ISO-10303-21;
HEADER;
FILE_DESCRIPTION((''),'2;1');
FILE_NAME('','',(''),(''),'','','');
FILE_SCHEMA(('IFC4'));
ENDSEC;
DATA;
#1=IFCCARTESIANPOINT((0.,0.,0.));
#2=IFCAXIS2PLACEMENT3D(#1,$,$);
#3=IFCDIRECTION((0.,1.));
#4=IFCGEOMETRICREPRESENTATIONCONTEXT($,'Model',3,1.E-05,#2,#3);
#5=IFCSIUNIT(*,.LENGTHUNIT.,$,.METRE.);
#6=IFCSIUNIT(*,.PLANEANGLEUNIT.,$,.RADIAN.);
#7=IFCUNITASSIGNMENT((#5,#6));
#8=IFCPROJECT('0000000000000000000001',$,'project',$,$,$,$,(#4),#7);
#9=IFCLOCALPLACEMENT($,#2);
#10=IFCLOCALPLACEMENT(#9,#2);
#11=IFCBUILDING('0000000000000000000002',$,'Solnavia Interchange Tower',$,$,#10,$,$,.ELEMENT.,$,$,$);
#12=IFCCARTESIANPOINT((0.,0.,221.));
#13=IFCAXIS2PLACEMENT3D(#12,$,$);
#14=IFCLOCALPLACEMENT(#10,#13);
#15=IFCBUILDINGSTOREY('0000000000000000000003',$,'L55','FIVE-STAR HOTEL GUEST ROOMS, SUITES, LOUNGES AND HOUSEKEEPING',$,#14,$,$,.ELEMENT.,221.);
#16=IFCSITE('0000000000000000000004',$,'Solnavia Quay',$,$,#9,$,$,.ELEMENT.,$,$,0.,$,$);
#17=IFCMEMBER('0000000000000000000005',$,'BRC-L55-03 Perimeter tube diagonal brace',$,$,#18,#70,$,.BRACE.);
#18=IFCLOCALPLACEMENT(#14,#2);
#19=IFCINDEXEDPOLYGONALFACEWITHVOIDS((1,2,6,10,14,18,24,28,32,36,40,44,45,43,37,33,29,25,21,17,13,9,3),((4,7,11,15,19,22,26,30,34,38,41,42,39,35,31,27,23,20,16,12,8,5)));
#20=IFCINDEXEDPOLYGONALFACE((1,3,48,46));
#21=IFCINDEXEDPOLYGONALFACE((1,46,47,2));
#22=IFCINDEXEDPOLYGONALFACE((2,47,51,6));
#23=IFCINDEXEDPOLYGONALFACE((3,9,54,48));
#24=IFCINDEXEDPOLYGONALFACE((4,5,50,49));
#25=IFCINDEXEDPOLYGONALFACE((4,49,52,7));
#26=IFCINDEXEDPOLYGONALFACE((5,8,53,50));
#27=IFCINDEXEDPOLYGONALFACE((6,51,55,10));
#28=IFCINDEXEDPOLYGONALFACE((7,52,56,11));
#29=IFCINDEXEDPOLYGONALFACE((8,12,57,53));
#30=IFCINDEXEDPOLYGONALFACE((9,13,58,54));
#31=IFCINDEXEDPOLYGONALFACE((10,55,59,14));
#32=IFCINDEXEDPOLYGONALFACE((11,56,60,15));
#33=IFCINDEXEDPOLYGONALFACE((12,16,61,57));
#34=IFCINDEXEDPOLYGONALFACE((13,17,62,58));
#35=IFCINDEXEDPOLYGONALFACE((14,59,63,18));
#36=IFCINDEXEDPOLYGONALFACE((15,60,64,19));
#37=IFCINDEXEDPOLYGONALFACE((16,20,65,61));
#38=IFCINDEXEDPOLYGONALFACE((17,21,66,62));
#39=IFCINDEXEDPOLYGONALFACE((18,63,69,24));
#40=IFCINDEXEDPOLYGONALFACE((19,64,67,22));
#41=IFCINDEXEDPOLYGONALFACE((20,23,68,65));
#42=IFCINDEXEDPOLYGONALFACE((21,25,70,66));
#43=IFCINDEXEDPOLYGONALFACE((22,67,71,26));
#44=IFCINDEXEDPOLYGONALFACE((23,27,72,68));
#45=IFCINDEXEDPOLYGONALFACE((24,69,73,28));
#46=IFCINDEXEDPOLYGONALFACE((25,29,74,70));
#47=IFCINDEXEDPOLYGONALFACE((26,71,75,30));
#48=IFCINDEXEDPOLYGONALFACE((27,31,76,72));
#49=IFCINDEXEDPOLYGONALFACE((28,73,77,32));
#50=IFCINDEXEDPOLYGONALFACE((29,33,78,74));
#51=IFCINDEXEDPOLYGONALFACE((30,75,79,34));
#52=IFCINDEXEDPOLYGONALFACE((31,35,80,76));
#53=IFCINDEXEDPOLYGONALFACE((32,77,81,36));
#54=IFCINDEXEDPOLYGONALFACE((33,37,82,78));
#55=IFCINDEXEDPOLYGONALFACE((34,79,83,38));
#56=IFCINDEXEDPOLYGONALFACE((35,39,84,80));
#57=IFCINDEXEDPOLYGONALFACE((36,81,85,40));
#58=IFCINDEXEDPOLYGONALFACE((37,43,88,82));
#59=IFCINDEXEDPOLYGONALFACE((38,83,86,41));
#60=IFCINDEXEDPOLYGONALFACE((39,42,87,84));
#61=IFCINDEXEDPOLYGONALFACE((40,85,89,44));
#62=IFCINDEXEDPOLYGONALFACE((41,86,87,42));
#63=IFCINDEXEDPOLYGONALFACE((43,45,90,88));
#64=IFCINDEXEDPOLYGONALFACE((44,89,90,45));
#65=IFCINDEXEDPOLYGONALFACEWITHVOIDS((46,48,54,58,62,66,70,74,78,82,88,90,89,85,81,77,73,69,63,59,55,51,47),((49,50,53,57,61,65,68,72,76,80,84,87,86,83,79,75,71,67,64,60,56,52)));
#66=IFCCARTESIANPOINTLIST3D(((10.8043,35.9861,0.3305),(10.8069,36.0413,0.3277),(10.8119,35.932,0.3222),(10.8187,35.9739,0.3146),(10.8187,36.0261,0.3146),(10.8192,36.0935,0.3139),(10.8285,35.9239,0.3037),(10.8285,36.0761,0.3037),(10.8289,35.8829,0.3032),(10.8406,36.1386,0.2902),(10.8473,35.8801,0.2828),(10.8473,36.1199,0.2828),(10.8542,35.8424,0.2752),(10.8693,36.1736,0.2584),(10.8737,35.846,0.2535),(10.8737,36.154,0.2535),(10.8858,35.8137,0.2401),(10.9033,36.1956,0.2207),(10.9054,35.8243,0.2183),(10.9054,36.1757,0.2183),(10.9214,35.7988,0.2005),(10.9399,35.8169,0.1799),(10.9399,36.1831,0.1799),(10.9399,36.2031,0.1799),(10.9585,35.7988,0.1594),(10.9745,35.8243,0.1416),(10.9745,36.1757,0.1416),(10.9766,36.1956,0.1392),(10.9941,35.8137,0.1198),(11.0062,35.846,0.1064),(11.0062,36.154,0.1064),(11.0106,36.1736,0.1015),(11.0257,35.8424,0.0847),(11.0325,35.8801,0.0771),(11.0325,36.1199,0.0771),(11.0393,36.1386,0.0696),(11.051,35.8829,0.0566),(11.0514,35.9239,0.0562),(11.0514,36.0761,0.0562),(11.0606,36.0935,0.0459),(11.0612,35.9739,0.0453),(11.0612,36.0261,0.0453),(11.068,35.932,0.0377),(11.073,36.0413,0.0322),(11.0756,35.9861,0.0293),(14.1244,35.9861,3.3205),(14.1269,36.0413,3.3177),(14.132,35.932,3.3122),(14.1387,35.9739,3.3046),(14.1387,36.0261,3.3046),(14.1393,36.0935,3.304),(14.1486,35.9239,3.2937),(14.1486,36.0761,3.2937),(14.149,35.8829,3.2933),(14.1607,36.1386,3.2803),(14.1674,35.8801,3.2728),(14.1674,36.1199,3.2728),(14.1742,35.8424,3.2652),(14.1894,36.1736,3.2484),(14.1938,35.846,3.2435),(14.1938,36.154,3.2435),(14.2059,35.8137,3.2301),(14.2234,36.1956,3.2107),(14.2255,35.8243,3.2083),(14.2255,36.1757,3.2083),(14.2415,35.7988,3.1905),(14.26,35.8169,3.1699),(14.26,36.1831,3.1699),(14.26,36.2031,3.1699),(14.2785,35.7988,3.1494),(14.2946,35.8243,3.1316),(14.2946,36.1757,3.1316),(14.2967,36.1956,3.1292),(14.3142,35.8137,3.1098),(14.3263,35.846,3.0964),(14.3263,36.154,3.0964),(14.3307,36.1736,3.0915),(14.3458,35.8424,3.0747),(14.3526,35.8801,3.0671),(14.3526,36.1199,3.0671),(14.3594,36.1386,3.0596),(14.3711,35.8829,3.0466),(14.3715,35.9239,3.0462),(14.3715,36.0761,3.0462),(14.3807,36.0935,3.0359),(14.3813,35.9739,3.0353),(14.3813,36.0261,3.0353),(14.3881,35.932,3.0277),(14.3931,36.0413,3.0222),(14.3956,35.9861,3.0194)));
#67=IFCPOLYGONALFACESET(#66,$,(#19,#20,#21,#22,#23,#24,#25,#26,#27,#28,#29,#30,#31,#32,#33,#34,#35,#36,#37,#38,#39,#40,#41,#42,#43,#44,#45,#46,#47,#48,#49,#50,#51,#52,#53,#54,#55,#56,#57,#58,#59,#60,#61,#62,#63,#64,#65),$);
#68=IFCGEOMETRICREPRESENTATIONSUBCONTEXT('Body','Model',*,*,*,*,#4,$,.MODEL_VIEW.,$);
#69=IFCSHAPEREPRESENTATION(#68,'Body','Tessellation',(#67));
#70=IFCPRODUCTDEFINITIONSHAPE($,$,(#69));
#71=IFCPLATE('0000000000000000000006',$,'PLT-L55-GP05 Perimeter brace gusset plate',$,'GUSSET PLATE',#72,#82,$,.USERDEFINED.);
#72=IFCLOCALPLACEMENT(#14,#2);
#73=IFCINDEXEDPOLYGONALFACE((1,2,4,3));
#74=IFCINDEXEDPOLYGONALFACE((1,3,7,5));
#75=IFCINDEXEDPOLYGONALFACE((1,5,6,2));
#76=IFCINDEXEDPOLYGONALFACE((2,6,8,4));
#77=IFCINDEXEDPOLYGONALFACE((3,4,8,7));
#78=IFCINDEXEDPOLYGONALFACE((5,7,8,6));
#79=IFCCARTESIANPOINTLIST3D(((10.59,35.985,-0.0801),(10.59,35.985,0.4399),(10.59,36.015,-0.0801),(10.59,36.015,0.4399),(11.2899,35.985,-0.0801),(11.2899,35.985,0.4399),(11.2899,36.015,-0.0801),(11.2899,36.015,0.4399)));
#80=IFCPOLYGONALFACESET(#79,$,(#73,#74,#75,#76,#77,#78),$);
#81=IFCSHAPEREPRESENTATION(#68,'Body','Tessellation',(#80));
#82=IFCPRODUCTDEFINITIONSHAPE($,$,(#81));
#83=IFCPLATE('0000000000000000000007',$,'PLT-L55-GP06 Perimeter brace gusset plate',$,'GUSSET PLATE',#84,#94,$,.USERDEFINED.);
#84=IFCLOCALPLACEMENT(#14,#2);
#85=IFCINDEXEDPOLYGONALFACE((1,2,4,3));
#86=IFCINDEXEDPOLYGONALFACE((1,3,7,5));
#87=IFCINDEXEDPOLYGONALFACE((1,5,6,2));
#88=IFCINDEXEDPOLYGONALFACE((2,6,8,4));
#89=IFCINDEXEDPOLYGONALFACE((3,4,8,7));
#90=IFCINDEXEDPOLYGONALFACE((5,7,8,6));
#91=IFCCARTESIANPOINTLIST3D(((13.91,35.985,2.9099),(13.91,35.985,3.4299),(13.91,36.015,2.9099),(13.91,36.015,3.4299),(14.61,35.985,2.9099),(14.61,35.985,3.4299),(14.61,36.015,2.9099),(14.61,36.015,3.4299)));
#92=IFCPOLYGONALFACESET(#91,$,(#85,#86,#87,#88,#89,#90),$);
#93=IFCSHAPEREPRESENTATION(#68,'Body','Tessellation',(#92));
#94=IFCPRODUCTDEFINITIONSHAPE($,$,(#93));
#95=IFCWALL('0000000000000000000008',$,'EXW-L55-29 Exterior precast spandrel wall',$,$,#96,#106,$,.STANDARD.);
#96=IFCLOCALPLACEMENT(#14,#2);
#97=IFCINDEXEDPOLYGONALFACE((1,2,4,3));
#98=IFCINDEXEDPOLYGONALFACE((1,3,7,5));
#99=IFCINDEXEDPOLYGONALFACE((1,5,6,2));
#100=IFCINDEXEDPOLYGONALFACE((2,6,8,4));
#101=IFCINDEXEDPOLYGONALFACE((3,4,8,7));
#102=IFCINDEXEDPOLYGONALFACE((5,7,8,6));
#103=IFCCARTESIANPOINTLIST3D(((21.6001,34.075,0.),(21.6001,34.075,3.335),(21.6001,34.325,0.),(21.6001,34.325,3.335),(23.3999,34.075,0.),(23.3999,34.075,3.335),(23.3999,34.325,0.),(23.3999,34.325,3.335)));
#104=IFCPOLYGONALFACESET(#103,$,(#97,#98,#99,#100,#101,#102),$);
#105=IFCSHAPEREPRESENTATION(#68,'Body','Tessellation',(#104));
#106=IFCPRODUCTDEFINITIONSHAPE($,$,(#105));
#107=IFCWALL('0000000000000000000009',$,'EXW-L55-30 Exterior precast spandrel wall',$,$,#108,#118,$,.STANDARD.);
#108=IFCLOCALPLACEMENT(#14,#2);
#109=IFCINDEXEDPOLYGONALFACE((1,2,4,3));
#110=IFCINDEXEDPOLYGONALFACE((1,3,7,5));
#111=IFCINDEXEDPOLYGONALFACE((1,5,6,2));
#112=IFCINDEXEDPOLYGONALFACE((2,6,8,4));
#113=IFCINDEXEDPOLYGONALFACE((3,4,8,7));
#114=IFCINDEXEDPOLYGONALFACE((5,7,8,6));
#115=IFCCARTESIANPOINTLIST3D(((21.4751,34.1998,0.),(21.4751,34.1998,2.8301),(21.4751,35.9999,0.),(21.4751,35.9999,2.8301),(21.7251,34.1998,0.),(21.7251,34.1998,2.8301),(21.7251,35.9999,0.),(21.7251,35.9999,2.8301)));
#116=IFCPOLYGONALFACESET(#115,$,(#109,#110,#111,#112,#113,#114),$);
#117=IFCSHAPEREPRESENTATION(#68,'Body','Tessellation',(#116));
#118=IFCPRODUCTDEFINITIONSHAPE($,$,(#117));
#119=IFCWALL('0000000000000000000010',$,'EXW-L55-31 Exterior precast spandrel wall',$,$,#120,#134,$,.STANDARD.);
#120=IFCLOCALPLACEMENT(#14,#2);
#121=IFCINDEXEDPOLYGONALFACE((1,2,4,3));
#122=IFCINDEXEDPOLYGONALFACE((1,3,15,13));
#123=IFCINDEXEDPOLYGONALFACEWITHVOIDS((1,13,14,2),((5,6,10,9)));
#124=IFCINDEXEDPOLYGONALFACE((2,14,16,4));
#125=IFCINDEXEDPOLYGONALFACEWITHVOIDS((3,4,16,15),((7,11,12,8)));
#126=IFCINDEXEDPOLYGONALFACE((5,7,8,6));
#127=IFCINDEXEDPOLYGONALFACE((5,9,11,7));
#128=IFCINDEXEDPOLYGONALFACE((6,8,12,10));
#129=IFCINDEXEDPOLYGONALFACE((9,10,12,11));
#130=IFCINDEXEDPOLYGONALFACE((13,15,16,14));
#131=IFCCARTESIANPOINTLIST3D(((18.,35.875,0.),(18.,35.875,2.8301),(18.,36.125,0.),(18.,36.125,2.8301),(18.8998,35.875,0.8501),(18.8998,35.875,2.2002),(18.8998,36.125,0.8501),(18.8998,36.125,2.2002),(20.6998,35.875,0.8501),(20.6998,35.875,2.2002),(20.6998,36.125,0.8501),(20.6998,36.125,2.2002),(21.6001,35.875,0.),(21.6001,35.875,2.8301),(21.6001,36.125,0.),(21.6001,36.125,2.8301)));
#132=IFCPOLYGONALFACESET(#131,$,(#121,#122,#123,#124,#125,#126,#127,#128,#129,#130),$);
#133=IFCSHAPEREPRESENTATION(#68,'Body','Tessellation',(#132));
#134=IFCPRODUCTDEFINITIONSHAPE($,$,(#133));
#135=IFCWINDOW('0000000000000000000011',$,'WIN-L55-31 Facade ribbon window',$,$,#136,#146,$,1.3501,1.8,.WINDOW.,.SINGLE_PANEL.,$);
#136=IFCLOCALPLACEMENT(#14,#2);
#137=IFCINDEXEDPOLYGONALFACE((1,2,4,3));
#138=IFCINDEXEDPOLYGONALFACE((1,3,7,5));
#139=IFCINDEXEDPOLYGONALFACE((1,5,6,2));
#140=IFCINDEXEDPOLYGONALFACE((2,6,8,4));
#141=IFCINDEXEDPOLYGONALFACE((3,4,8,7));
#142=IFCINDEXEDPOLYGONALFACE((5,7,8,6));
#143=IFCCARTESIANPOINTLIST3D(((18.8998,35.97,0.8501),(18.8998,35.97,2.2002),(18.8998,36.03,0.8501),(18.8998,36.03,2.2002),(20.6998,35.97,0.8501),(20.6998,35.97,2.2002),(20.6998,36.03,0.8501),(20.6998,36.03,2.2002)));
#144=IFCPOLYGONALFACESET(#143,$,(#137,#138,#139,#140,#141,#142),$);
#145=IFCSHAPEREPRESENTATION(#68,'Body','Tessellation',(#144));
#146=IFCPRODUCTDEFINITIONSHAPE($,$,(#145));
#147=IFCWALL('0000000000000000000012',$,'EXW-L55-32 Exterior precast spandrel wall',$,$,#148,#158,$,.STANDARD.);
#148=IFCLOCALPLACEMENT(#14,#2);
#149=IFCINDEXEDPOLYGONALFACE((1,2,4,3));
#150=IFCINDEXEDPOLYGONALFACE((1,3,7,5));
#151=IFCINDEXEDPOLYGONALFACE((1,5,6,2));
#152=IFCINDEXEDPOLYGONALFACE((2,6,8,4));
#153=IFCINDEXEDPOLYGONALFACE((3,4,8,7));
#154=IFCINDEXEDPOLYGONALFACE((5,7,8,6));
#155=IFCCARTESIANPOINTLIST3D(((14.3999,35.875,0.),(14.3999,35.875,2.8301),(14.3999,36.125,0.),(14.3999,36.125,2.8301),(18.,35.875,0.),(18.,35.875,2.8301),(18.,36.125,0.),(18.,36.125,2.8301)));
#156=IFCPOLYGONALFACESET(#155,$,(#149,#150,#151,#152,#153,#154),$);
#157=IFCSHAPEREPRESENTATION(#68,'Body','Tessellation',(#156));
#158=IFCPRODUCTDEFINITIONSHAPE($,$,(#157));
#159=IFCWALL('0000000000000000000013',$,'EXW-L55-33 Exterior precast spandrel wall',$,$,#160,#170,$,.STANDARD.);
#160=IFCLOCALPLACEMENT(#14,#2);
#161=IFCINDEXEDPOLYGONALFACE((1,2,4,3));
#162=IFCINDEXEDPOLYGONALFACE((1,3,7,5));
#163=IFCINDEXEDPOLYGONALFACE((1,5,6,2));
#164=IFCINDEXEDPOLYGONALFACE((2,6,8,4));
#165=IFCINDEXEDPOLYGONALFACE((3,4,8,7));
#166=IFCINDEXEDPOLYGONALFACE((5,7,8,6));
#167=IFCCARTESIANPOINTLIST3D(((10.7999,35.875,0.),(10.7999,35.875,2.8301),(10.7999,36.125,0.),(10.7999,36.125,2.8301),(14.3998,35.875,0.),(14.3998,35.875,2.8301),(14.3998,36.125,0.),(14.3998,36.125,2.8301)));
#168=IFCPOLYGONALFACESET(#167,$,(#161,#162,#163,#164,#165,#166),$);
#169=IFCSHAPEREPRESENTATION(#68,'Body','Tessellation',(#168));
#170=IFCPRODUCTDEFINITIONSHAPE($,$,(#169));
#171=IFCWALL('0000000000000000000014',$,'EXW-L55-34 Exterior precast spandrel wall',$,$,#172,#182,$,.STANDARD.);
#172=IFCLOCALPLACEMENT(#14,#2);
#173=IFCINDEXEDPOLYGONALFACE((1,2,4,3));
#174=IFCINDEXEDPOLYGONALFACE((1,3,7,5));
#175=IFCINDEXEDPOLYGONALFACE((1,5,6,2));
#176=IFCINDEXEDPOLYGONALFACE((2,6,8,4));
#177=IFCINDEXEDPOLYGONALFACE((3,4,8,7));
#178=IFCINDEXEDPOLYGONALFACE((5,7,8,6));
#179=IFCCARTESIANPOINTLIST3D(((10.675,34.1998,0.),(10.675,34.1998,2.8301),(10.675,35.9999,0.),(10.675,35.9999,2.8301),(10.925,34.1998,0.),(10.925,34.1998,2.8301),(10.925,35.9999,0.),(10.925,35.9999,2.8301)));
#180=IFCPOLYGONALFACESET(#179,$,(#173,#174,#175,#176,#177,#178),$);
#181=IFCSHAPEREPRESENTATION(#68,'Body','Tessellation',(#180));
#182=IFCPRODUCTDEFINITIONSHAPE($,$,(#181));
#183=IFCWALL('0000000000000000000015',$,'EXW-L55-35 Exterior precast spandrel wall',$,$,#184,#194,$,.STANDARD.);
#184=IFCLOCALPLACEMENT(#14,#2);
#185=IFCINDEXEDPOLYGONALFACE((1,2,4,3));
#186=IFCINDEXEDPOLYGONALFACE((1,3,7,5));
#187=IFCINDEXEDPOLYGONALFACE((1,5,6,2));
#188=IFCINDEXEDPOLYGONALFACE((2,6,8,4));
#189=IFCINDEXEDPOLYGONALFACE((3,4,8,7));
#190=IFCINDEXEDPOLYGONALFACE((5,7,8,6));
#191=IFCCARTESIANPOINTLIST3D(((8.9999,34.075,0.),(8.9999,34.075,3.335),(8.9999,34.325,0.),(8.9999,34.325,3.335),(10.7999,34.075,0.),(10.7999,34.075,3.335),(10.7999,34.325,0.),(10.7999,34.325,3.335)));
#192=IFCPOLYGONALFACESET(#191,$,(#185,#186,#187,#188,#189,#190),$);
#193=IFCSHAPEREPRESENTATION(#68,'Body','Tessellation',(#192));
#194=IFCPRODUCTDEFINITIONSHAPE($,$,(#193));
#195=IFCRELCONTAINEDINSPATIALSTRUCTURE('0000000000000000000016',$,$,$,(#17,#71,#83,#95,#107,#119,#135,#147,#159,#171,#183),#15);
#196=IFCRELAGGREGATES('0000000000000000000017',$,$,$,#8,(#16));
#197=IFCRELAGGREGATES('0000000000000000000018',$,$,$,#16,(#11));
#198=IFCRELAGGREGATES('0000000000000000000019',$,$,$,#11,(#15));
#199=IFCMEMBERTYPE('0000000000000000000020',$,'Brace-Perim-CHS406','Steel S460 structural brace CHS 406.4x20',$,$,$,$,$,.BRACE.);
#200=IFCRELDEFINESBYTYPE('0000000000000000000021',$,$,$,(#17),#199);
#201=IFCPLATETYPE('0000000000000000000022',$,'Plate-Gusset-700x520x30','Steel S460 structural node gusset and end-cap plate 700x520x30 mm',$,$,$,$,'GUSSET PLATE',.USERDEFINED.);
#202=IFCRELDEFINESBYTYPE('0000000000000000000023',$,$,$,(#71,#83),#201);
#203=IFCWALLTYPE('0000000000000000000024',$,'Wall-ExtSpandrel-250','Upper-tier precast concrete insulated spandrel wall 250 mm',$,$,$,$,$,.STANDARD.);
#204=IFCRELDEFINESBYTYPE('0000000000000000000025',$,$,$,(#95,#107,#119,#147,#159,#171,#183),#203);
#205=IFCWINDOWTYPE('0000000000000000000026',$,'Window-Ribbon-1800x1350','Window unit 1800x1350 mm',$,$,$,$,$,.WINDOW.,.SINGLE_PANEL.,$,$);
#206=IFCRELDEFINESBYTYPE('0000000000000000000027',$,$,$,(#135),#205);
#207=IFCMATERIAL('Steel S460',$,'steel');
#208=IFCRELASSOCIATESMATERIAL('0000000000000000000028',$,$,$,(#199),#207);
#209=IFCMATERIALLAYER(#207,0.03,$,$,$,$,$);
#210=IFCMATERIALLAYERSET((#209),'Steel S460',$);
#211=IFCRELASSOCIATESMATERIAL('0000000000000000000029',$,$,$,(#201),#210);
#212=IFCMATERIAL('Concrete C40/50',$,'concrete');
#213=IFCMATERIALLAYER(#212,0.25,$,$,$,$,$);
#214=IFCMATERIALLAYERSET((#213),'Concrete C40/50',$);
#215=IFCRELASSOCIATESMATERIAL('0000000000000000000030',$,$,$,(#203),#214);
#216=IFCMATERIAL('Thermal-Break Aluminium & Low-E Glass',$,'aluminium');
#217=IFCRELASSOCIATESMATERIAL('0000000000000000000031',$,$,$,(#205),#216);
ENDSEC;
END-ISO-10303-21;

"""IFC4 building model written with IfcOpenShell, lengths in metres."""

from ifc_helpers import new_model, si_unit, direction, frame, frame_2d, origin, origin_2d, place, context, subcontext, project, spatial, rectangle, hollow_circle, extrude, material, layer, layer_set, material_profile, profile_set, type_object, element, fill, save


model = new_model("IFC4")

# Units and contexts
model_context = context("Model", 3, precision=1e-05, world=origin(), true_north=direction((0.0, 1.0)))
body_context = subcontext(model_context, "Body", "Model", "MODEL_VIEW")
ifc_project = project(units=[si_unit("LENGTHUNIT", "METRE"), si_unit("PLANEANGLEUNIT", "RADIAN")], contexts=[model_context])

# Site, building, storey
site_placement = place(None, origin())
site = spatial("IfcSite", under=ifc_project, at=site_placement, Name="Solnavia Quay", CompositionType="ELEMENT", RefElevation=0.0)
building_placement = place(site_placement, origin())
building = spatial("IfcBuilding", under=site, at=building_placement, Name="Solnavia Interchange Tower", CompositionType="ELEMENT")
storey_placement = place(building_placement, frame((0.0, 0.0, 221.0)))
storey = spatial("IfcBuildingStorey", under=building, at=storey_placement, Name="L55", Description="FIVE-STAR HOTEL GUEST ROOMS, SUITES, LOUNGES AND HOUSEKEEPING", CompositionType="ELEMENT", Elevation=221.0)

# Member
ifc_material_1 = material(Name="Steel S460", Category="steel")
ifc_material_profile_1 = material_profile(ifc_material_1, hollow_circle(Radius=0.2031, WallThickness=0.02, at=origin_2d()), Name="CHS 406.4x20")
ifc_profile_set_1 = profile_set([ifc_material_profile_1], Name="Steel S460")
member_type = type_object("IfcMemberType", Name="Brace-Perim-CHS406", Description="Steel S460 structural brace CHS 406.4x20", PredefinedType="BRACE", material=ifc_profile_set_1)
member_placement = place(storey_placement, frame((10.9399, 36.0, 0.1799), z_axis=(0.743079, 0.0, 0.669203), x_axis=(0.0, 1.0, 0.0)))
element("IfcMember", 1, at=member_placement, inside=storey, type_object=member_type, Name="BRC-L55-03 Perimeter tube diagonal brace", PredefinedType="BRACE", context=body_context, shape_type="SweptSolid", body=[
    extrude(hollow_circle(Radius=0.2031, WallThickness=0.02, at=origin_2d()), origin(), (0.0, 0.0, 1.0), 4.468),
])

# Plates
ifc_layer_1 = layer(ifc_material_1, 0.03)
ifc_layer_set_1 = layer_set([ifc_layer_1], Name="Steel S460")
plate_type = type_object("IfcPlateType", Name="Plate-Gusset-700x520x30", Description="Steel S460 structural node gusset and end-cap plate 700x520x30 mm", ElementType="GUSSET PLATE", PredefinedType="USERDEFINED", material=ifc_layer_set_1)
for number, where, z_axis, x_axis, name in (
    (2, (10.9399, 36.0, -0.0801), (0.0, 0.0, 1.0), (1.0, 0.0, 0.0), "PLT-L55-GP05 Perimeter brace gusset plate"),
    (3, (14.26, 36.0, 2.9099), (0.0, 0.0, 1.0), (1.0, 0.0, 0.0), "PLT-L55-GP06 Perimeter brace gusset plate"),
):
    element("IfcPlate", number, at=place(storey_placement, frame(where, z_axis=z_axis, x_axis=x_axis)), inside=storey, type_object=plate_type, Name=name, ObjectType="GUSSET PLATE", PredefinedType="USERDEFINED", context=body_context, shape_type="SweptSolid", body=[
        extrude(rectangle(XDim=0.7, YDim=0.03, at=origin_2d()), origin(), (0.0, 0.0, 1.0), 0.52),
    ])

# Walls
ifc_material_2 = material(Name="Concrete C40/50", Category="concrete")
ifc_layer_2 = layer(ifc_material_2, 0.25)
ifc_layer_set_2 = layer_set([ifc_layer_2], Name="Concrete C40/50")
wall_type_1 = type_object("IfcWallType", Name="Wall-ExtSpandrel-250", Description="Upper-tier precast concrete insulated spandrel wall 250 mm", PredefinedType="STANDARD", material=ifc_layer_set_2)
wall_1_placement = place(storey_placement, frame((21.6001, 34.2, 0.0), z_axis=(0.0, 0.0, 1.0), x_axis=(1.0, 0.0, 0.0)))
element("IfcWall", 4, at=wall_1_placement, inside=storey, type_object=wall_type_1, Name="EXW-L55-29 Exterior precast spandrel wall", PredefinedType="STANDARD", context=body_context, shape_type="SweptSolid", body=[
    extrude(rectangle(XDim=1.7998, YDim=0.25, at=frame_2d((0.8999, 0.0))), origin(), (0.0, 0.0, 1.0), 3.335),
])
wall_2_placement = place(storey_placement, frame((21.6001, 34.2, 0.0), z_axis=(0.0, 0.0, 1.0), x_axis=(0.0, 1.0, 0.0)))
element("IfcWall", 5, at=wall_2_placement, inside=storey, type_object=wall_type_1, Name="EXW-L55-30 Exterior precast spandrel wall", PredefinedType="STANDARD", context=body_context, shape_type="SweptSolid", body=[
    extrude(rectangle(XDim=1.8, YDim=0.25, at=frame_2d((0.8999, 0.0))), origin(), (0.0, 0.0, 1.0), 2.8301),
])

# Wall, opening, window
wall_3_placement = place(storey_placement, frame((18.0, 36.0, 0.0), z_axis=(0.0, 0.0, 1.0), x_axis=(1.0, 0.0, 0.0)))
wall_3 = element("IfcWall", 6, at=wall_3_placement, inside=storey, type_object=wall_type_1, Name="EXW-L55-31 Exterior precast spandrel wall", PredefinedType="STANDARD", context=body_context, shape_type="SweptSolid", body=[
    extrude(rectangle(XDim=3.6001, YDim=0.25, at=frame_2d((1.8, 0.0))), origin(), (0.0, 0.0, 1.0), 2.8301),
])
opening_1_placement = place(wall_3_placement, frame((0.8999, 0.0, 0.8501)))
opening_1 = element("IfcOpeningElement", 7, at=opening_1_placement, cuts=wall_3, PredefinedType="OPENING", context=body_context, shape_type="SweptSolid", body=[
    extrude(rectangle(XDim=1.8, YDim=1.3501, at=frame_2d((0.8999, 0.675))), frame((0.0, 0.135, 0.0), z_axis=(0.0, -1.0, 0.0), x_axis=(1.0, 0.0, 0.0)), (0.0, 0.0, 1.0), 0.27),
])
ifc_material_3 = material(Name="Thermal-Break Aluminium & Low-E Glass", Category="aluminium")
window_type = type_object("IfcWindowType", Name="Window-Ribbon-1800x1350", Description="Window unit 1800x1350 mm", PartitioningType="SINGLE_PANEL", PredefinedType="WINDOW", material=ifc_material_3)
window_placement = place(opening_1_placement, origin())
window = element("IfcWindow", 8, at=window_placement, inside=storey, type_object=window_type, Name="WIN-L55-31 Facade ribbon window", OverallHeight=1.3501, OverallWidth=1.8, PartitioningType="SINGLE_PANEL", PredefinedType="WINDOW", context=body_context, shape_type="SweptSolid", body=[
    extrude(rectangle(XDim=1.8, YDim=1.3501, at=frame_2d((0.8999, 0.675))), frame((0.0, 0.03, 0.0), z_axis=(0.0, -1.0, 0.0), x_axis=(1.0, 0.0, 0.0)), (0.0, 0.0, 1.0), 0.0601),
])
fill(opening_1, window)

# Walls
wall_4_placement = place(storey_placement, frame((14.3999, 36.0, 0.0), z_axis=(0.0, 0.0, 1.0), x_axis=(1.0, 0.0, 0.0)))
element("IfcWall", 9, at=wall_4_placement, inside=storey, type_object=wall_type_1, Name="EXW-L55-32 Exterior precast spandrel wall", PredefinedType="STANDARD", context=body_context, shape_type="SweptSolid", body=[
    extrude(rectangle(XDim=3.6001, YDim=0.25, at=frame_2d((1.8, 0.0))), origin(), (0.0, 0.0, 1.0), 2.8301),
])
wall_5_placement = place(storey_placement, frame((10.8, 36.0, 0.0), z_axis=(0.0, 0.0, 1.0), x_axis=(1.0, 0.0, 0.0)))
element("IfcWall", 10, at=wall_5_placement, inside=storey, type_object=wall_type_1, Name="EXW-L55-33 Exterior precast spandrel wall", PredefinedType="STANDARD", context=body_context, shape_type="SweptSolid", body=[
    extrude(rectangle(XDim=3.5999, YDim=0.25, at=frame_2d((1.7998, 0.0))), origin(), (0.0, 0.0, 1.0), 2.8301),
])
wall_6_placement = place(storey_placement, frame((10.8, 34.2, 0.0), z_axis=(0.0, 0.0, 1.0), x_axis=(0.0, 1.0, 0.0)))
element("IfcWall", 11, at=wall_6_placement, inside=storey, type_object=wall_type_1, Name="EXW-L55-34 Exterior precast spandrel wall", PredefinedType="STANDARD", context=body_context, shape_type="SweptSolid", body=[
    extrude(rectangle(XDim=1.8, YDim=0.25, at=frame_2d((0.8999, 0.0))), origin(), (0.0, 0.0, 1.0), 2.8301),
])
for number, where, z_axis, x_axis, name in (
    (12, (9.0, 34.2, 0.0), (0.0, 0.0, 1.0), (1.0, 0.0, 0.0), "EXW-L55-35 Exterior precast spandrel wall"),
):
    element("IfcWall", number, at=place(storey_placement, frame(where, z_axis=z_axis, x_axis=x_axis)), inside=storey, type_object=wall_type_1, Name=name, PredefinedType="STANDARD", context=body_context, shape_type="SweptSolid", body=[
        extrude(rectangle(XDim=1.8, YDim=0.25, at=frame_2d((0.8999, 0.0))), origin(), (0.0, 0.0, 1.0), 3.335),
    ])

save(model, "model.ifc")
